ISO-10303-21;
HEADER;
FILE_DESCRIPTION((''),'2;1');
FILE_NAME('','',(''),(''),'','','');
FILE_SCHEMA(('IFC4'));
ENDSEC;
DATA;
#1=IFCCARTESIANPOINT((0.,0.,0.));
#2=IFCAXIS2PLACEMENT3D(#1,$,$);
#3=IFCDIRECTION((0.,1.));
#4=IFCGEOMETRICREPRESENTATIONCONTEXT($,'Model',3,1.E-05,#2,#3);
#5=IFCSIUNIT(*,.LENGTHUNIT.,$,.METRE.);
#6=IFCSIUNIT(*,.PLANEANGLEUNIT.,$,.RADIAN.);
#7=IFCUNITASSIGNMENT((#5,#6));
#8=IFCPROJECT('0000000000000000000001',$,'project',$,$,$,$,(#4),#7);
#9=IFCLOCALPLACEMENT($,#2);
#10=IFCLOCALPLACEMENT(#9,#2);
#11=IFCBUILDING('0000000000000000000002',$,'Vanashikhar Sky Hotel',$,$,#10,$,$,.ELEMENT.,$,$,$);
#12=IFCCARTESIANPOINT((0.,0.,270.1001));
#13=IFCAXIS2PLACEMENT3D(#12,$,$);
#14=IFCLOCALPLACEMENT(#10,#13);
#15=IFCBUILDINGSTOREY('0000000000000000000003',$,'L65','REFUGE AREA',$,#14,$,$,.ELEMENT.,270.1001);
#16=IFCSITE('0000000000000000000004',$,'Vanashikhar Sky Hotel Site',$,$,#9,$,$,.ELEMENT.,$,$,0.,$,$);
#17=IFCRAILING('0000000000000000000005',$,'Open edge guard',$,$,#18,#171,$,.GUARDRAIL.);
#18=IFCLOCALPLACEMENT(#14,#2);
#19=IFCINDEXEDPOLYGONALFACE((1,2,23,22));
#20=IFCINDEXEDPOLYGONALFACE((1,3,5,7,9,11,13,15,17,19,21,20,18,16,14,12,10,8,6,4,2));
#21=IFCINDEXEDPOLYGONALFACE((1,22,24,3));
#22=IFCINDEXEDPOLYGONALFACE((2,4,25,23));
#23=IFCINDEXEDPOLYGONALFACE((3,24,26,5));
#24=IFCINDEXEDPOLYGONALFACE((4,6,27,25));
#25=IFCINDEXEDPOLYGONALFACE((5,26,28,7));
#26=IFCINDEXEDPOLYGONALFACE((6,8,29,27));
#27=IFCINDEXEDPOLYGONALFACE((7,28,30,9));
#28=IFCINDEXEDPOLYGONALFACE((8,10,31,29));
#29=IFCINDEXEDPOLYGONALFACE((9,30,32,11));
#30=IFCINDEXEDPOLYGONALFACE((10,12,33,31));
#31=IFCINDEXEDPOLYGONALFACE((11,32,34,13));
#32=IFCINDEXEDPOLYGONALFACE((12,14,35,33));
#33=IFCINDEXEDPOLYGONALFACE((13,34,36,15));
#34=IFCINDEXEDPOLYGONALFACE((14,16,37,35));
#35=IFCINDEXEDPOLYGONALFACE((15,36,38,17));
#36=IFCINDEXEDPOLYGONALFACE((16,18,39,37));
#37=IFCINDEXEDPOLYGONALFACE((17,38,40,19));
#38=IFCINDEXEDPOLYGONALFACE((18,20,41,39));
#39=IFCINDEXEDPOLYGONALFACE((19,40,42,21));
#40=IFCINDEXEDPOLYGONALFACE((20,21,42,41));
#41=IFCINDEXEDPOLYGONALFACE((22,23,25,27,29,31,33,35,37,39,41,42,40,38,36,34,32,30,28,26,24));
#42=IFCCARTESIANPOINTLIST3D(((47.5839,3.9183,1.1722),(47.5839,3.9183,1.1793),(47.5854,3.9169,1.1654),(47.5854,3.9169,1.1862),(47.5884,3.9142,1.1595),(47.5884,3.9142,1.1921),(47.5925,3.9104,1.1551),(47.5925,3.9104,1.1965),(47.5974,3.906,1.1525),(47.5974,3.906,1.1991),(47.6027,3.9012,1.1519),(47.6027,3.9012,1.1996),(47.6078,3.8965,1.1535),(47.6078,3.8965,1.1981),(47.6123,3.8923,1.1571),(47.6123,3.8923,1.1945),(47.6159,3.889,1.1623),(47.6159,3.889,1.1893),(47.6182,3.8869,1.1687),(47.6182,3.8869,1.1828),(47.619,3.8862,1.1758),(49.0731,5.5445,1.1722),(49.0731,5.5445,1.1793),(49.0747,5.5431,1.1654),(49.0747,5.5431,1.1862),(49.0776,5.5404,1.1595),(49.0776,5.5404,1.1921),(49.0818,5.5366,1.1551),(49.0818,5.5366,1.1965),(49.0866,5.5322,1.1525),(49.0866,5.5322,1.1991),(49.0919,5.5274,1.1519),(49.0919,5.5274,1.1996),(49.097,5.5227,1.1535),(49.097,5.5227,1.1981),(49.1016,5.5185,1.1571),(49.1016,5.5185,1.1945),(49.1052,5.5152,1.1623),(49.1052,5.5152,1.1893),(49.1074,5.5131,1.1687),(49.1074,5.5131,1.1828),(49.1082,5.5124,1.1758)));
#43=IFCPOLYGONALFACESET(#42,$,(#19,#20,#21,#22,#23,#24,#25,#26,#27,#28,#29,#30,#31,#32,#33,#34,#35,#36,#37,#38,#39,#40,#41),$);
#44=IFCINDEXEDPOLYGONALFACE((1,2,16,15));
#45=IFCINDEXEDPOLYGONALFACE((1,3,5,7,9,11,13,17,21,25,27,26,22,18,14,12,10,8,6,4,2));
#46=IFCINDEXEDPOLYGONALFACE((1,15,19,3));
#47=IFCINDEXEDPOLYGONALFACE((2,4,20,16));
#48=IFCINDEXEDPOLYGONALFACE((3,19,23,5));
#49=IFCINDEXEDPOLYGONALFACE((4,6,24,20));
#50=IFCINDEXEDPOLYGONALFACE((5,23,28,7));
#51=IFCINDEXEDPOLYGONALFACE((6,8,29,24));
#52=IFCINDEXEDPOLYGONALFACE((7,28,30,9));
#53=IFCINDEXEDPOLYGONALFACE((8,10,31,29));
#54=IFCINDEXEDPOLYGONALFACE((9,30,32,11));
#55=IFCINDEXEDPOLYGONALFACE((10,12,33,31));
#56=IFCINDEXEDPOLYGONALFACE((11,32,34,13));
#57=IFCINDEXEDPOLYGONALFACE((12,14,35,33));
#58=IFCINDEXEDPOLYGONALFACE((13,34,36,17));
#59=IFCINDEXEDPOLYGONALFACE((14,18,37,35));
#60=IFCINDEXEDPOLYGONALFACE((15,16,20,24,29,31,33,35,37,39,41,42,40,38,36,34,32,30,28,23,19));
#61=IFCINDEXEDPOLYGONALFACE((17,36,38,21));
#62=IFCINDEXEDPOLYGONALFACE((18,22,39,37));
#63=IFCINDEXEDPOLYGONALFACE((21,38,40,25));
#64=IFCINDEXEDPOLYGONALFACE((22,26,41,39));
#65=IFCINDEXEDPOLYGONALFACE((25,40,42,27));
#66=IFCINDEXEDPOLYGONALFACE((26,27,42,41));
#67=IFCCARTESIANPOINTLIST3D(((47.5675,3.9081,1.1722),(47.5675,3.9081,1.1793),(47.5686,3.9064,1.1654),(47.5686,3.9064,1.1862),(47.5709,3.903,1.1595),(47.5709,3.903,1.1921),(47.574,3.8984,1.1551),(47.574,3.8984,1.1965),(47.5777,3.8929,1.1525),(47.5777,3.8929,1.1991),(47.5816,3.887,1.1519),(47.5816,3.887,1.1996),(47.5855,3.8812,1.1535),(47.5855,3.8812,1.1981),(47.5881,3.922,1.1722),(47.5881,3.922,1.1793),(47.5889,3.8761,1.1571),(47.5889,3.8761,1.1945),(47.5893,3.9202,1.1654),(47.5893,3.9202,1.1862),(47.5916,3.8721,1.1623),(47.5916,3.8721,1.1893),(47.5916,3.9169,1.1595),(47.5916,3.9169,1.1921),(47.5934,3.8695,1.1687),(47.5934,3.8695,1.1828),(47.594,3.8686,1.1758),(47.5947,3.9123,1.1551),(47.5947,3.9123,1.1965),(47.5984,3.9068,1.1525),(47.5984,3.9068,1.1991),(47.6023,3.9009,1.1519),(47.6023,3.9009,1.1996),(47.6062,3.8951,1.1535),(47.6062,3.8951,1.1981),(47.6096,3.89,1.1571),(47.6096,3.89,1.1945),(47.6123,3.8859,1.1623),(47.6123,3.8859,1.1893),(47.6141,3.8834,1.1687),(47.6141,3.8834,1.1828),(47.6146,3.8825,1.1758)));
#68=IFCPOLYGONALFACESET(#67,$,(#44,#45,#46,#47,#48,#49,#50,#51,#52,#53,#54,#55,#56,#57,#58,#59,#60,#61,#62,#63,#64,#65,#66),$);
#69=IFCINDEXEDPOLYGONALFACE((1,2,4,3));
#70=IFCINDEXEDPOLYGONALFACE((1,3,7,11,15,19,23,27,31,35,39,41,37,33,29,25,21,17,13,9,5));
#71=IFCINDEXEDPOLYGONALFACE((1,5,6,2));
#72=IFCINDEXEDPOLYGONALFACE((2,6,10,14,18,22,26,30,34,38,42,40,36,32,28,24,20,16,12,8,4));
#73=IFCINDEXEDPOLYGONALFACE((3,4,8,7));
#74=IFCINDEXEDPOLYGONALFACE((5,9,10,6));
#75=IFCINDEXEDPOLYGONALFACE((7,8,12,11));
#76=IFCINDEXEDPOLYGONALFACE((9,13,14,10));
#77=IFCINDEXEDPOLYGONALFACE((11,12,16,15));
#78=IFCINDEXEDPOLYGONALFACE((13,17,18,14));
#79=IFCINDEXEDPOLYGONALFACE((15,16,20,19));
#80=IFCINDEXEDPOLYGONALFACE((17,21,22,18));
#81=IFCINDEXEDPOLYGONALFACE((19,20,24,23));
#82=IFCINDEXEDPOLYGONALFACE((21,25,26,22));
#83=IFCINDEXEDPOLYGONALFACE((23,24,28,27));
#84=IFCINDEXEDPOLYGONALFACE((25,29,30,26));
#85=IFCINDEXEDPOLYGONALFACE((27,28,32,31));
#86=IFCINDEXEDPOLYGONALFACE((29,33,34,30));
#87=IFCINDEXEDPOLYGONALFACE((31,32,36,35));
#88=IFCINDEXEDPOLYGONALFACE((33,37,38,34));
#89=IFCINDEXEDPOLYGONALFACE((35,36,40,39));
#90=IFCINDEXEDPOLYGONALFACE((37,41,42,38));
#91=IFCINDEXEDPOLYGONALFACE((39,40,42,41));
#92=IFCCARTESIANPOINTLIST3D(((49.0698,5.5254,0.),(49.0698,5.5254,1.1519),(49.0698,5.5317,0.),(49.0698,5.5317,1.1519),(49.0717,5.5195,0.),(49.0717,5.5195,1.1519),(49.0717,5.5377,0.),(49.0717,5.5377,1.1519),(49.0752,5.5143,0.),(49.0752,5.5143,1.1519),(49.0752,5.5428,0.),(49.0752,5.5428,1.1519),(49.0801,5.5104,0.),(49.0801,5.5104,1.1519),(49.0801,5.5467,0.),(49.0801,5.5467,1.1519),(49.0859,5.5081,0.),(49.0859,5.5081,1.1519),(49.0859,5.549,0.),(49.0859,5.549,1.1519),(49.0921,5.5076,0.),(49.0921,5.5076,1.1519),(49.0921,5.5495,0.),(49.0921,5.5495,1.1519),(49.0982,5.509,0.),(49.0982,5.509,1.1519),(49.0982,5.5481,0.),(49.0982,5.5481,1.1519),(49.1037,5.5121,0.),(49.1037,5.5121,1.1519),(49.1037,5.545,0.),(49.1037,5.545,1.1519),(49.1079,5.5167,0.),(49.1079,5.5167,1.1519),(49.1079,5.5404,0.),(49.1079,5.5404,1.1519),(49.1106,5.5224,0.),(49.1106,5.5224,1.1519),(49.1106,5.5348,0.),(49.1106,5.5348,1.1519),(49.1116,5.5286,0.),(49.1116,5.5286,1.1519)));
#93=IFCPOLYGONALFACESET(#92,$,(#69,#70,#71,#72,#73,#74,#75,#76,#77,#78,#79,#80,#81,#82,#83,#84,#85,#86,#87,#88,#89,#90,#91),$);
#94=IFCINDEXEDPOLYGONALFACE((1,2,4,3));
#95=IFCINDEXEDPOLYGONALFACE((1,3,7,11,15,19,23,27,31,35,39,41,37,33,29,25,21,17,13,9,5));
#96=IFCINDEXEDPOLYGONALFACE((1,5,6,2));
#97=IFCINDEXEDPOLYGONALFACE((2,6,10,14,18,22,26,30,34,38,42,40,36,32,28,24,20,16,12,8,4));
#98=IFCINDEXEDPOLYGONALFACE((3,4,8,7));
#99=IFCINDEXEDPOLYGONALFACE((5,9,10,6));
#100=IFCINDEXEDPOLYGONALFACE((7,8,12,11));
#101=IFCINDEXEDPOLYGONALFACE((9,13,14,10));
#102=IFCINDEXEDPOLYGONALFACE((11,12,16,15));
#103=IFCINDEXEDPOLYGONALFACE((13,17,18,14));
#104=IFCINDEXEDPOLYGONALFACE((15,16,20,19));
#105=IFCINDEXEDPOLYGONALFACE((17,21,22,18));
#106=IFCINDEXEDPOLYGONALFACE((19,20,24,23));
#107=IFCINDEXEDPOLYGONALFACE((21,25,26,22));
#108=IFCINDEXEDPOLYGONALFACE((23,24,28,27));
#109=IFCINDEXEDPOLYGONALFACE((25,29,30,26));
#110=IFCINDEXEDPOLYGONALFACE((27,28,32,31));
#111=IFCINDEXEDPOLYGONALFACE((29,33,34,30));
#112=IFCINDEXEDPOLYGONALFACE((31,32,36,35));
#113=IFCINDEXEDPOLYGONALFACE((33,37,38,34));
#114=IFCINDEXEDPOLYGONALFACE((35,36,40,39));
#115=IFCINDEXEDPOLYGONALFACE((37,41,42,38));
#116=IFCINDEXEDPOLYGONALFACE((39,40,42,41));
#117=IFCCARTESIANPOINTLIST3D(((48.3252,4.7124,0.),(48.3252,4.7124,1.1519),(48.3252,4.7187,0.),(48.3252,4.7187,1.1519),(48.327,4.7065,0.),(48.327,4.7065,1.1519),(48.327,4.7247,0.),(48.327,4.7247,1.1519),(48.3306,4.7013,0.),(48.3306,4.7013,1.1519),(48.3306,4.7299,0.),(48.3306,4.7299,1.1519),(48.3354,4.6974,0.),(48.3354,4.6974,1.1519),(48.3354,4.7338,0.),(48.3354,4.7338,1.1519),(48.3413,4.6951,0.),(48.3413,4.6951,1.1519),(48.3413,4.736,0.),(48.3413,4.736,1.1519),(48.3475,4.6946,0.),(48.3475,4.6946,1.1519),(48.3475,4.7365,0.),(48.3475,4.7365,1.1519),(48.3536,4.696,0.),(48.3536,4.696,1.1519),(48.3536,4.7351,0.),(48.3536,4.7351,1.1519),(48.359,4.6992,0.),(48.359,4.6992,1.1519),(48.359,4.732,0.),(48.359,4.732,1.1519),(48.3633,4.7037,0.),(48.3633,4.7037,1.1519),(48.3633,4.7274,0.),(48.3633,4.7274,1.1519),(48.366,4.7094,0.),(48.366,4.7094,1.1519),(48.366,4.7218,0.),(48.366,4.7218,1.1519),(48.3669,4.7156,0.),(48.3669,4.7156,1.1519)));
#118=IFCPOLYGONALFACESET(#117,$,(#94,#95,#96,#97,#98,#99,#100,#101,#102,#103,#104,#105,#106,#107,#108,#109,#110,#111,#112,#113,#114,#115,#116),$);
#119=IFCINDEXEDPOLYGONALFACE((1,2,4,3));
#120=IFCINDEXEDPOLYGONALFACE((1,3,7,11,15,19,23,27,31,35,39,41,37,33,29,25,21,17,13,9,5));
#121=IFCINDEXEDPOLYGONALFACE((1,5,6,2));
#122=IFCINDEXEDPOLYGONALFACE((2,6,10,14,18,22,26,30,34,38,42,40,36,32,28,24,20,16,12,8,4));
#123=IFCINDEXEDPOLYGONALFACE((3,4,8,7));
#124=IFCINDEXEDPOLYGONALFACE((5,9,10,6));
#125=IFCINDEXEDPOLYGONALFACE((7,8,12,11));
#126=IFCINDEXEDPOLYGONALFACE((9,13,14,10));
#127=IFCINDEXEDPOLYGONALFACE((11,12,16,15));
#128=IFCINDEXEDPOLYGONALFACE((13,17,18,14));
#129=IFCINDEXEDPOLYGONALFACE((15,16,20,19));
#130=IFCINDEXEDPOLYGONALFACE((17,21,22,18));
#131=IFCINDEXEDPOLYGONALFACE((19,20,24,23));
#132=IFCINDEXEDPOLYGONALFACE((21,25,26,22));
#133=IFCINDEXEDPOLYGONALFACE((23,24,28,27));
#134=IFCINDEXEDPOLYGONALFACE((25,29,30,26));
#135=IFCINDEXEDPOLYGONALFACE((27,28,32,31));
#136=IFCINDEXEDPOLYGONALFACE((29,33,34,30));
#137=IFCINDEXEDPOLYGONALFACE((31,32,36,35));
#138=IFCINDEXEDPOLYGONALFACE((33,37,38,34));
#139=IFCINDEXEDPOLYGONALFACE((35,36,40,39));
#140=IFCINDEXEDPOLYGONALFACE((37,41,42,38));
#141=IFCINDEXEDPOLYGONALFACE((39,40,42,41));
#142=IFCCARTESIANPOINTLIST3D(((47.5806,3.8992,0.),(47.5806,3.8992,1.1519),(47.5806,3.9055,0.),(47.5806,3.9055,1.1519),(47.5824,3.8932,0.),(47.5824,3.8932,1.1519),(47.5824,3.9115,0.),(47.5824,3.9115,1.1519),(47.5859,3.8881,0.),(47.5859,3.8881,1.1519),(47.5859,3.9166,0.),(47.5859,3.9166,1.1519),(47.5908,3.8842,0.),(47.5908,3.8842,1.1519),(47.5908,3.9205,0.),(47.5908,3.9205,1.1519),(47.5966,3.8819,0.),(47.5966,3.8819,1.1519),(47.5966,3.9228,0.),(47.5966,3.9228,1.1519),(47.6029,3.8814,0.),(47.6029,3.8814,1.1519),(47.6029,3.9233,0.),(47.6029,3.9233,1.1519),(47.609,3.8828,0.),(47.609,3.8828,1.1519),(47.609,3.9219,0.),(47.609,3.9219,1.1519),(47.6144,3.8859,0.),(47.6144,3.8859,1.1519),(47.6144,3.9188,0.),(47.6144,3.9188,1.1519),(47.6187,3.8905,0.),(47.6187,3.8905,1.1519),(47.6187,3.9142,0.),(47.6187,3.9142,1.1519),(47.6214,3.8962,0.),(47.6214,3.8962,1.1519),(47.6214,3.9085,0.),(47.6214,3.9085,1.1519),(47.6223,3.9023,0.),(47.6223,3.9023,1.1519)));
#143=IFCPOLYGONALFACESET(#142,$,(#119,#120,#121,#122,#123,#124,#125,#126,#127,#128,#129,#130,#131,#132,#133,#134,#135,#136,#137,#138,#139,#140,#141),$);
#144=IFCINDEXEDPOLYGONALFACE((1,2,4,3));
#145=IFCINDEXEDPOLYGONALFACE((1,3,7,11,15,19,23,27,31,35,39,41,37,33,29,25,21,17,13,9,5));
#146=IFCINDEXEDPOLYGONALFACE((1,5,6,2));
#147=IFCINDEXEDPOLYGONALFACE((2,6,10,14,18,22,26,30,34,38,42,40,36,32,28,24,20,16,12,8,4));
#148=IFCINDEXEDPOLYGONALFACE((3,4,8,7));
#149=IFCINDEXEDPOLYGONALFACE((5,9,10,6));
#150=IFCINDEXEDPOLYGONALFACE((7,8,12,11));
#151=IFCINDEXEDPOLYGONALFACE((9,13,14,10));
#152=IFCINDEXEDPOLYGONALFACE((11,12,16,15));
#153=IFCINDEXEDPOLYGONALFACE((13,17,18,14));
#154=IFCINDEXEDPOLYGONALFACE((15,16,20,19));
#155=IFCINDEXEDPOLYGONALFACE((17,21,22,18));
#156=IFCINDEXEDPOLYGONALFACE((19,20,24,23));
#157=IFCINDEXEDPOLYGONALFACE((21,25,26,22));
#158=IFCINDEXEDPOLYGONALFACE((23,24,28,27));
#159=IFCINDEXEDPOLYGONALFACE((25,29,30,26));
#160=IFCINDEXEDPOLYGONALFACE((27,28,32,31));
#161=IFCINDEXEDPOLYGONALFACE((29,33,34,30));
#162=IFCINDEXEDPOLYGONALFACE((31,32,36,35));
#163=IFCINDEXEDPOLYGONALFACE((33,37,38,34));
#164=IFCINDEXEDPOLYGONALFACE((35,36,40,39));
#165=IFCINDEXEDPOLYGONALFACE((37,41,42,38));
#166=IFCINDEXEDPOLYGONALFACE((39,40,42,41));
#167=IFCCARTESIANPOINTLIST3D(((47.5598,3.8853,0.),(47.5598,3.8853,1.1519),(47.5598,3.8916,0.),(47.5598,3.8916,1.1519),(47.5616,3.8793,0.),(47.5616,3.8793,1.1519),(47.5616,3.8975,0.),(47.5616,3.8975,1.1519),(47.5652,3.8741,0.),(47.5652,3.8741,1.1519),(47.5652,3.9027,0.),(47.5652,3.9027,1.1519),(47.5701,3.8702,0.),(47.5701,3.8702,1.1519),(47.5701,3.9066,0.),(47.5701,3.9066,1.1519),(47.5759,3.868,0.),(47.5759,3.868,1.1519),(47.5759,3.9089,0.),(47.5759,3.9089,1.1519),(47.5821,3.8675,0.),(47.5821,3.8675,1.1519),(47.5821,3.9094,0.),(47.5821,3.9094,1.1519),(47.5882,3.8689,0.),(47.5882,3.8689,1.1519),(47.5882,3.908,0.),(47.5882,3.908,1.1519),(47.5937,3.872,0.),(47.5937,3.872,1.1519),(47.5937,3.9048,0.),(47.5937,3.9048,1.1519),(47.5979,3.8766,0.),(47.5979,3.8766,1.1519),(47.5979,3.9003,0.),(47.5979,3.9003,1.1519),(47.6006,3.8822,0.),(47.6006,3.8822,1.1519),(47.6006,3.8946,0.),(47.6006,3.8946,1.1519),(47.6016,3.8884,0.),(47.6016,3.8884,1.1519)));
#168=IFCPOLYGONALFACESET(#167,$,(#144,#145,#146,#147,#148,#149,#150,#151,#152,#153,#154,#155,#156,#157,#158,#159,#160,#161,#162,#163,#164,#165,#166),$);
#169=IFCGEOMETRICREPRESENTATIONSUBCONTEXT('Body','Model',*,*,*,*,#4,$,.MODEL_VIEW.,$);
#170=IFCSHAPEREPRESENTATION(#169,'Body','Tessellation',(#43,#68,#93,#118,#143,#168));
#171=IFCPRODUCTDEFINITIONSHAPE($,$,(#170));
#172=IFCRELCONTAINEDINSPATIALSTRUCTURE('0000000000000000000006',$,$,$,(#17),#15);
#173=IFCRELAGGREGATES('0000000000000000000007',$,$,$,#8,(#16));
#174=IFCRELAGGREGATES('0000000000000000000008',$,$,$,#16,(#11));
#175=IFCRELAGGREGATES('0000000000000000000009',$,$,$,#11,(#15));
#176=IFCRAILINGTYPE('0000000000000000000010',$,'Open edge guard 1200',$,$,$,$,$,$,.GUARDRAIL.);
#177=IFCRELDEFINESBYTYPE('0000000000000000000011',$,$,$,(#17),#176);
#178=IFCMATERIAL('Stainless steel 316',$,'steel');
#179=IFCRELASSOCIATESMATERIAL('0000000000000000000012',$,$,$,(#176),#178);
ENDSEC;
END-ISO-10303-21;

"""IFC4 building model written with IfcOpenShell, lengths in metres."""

from ifc_helpers import new_model, si_unit, direction, frame, origin, origin_2d, place, context, subcontext, project, spatial, circle, extrude, source, transform, mapped, material, type_object, element, save


model = new_model("IFC4")

# Units and contexts
model_context = context("Model", 3, precision=1e-05, world=origin(), true_north=direction((0.0, 1.0)))
body_context = subcontext(model_context, "Body", "Model", "MODEL_VIEW")
ifc_project = project(units=[si_unit("LENGTHUNIT", "METRE"), si_unit("PLANEANGLEUNIT", "RADIAN")], contexts=[model_context])

# Site, building, storey
site_placement = place(None, origin())
site = spatial("IfcSite", under=ifc_project, at=site_placement, Name="Vanashikhar Sky Hotel Site", CompositionType="ELEMENT", RefElevation=0.0)
building_placement = place(site_placement, origin())
building = spatial("IfcBuilding", under=site, at=building_placement, Name="Vanashikhar Sky Hotel", CompositionType="ELEMENT")
storey_placement = place(building_placement, frame((0.0, 0.0, 270.1001)))
storey = spatial("IfcBuildingStorey", under=building, at=storey_placement, Name="L65", Description="REFUGE AREA", CompositionType="ELEMENT", Elevation=270.1001)

# Railing
ifc_material_1 = material(Name="Stainless steel 316", Category="steel")
railing_type = type_object("IfcRailingType", Name="Open edge guard 1200", PredefinedType="GUARDRAIL", material=ifc_material_1)
shared_shape_1 = source(origin(), body_context, "Body", "SweptSolid", [
    extrude(circle(Radius=0.0239, at=origin_2d()), frame((0.0, 0.0, 1.1758), z_axis=(-0.675369, -0.73748, 0.0), x_axis=(0.73748, -0.675369, 0.0)), (0.0, 0.0, 1.0), 2.2051),
    extrude(circle(Radius=0.0239, at=origin_2d()), frame((-1.4893, -1.6262, 1.1758), z_axis=(-0.830544, -0.556953, 0.0), x_axis=(0.556953, -0.830544, 0.0)), (0.0, 0.0, 1.0), 0.0249),
    extrude(circle(Radius=0.021, at=origin_2d()), origin(), (0.0, 0.0, 1.0), 1.1519),
    extrude(circle(Radius=0.021, at=origin_2d()), frame((-0.7446, -0.813, 0.0)), (0.0, 0.0, 1.0), 1.1519),
    extrude(circle(Radius=0.021, at=origin_2d()), frame((-1.4893, -1.6262, 0.0)), (0.0, 0.0, 1.0), 1.1519),
    extrude(circle(Radius=0.021, at=origin_2d()), frame((-1.51, -1.6401, 0.0)), (0.0, 0.0, 1.0), 1.1519),
])
railing_1_placement = place(storey_placement, frame((49.0906, 5.5286, 0.0)))
element("IfcRailing", 1, at=railing_1_placement, inside=storey, type_object=railing_type, Name="Open edge guard", PredefinedType="GUARDRAIL", context=body_context, shape_type="MappedRepresentation", body=[
    mapped(shared_shape_1, transform((0.0, 0.0, 0.0), scale=1.0)),
])

save(model, "model.ifc")
